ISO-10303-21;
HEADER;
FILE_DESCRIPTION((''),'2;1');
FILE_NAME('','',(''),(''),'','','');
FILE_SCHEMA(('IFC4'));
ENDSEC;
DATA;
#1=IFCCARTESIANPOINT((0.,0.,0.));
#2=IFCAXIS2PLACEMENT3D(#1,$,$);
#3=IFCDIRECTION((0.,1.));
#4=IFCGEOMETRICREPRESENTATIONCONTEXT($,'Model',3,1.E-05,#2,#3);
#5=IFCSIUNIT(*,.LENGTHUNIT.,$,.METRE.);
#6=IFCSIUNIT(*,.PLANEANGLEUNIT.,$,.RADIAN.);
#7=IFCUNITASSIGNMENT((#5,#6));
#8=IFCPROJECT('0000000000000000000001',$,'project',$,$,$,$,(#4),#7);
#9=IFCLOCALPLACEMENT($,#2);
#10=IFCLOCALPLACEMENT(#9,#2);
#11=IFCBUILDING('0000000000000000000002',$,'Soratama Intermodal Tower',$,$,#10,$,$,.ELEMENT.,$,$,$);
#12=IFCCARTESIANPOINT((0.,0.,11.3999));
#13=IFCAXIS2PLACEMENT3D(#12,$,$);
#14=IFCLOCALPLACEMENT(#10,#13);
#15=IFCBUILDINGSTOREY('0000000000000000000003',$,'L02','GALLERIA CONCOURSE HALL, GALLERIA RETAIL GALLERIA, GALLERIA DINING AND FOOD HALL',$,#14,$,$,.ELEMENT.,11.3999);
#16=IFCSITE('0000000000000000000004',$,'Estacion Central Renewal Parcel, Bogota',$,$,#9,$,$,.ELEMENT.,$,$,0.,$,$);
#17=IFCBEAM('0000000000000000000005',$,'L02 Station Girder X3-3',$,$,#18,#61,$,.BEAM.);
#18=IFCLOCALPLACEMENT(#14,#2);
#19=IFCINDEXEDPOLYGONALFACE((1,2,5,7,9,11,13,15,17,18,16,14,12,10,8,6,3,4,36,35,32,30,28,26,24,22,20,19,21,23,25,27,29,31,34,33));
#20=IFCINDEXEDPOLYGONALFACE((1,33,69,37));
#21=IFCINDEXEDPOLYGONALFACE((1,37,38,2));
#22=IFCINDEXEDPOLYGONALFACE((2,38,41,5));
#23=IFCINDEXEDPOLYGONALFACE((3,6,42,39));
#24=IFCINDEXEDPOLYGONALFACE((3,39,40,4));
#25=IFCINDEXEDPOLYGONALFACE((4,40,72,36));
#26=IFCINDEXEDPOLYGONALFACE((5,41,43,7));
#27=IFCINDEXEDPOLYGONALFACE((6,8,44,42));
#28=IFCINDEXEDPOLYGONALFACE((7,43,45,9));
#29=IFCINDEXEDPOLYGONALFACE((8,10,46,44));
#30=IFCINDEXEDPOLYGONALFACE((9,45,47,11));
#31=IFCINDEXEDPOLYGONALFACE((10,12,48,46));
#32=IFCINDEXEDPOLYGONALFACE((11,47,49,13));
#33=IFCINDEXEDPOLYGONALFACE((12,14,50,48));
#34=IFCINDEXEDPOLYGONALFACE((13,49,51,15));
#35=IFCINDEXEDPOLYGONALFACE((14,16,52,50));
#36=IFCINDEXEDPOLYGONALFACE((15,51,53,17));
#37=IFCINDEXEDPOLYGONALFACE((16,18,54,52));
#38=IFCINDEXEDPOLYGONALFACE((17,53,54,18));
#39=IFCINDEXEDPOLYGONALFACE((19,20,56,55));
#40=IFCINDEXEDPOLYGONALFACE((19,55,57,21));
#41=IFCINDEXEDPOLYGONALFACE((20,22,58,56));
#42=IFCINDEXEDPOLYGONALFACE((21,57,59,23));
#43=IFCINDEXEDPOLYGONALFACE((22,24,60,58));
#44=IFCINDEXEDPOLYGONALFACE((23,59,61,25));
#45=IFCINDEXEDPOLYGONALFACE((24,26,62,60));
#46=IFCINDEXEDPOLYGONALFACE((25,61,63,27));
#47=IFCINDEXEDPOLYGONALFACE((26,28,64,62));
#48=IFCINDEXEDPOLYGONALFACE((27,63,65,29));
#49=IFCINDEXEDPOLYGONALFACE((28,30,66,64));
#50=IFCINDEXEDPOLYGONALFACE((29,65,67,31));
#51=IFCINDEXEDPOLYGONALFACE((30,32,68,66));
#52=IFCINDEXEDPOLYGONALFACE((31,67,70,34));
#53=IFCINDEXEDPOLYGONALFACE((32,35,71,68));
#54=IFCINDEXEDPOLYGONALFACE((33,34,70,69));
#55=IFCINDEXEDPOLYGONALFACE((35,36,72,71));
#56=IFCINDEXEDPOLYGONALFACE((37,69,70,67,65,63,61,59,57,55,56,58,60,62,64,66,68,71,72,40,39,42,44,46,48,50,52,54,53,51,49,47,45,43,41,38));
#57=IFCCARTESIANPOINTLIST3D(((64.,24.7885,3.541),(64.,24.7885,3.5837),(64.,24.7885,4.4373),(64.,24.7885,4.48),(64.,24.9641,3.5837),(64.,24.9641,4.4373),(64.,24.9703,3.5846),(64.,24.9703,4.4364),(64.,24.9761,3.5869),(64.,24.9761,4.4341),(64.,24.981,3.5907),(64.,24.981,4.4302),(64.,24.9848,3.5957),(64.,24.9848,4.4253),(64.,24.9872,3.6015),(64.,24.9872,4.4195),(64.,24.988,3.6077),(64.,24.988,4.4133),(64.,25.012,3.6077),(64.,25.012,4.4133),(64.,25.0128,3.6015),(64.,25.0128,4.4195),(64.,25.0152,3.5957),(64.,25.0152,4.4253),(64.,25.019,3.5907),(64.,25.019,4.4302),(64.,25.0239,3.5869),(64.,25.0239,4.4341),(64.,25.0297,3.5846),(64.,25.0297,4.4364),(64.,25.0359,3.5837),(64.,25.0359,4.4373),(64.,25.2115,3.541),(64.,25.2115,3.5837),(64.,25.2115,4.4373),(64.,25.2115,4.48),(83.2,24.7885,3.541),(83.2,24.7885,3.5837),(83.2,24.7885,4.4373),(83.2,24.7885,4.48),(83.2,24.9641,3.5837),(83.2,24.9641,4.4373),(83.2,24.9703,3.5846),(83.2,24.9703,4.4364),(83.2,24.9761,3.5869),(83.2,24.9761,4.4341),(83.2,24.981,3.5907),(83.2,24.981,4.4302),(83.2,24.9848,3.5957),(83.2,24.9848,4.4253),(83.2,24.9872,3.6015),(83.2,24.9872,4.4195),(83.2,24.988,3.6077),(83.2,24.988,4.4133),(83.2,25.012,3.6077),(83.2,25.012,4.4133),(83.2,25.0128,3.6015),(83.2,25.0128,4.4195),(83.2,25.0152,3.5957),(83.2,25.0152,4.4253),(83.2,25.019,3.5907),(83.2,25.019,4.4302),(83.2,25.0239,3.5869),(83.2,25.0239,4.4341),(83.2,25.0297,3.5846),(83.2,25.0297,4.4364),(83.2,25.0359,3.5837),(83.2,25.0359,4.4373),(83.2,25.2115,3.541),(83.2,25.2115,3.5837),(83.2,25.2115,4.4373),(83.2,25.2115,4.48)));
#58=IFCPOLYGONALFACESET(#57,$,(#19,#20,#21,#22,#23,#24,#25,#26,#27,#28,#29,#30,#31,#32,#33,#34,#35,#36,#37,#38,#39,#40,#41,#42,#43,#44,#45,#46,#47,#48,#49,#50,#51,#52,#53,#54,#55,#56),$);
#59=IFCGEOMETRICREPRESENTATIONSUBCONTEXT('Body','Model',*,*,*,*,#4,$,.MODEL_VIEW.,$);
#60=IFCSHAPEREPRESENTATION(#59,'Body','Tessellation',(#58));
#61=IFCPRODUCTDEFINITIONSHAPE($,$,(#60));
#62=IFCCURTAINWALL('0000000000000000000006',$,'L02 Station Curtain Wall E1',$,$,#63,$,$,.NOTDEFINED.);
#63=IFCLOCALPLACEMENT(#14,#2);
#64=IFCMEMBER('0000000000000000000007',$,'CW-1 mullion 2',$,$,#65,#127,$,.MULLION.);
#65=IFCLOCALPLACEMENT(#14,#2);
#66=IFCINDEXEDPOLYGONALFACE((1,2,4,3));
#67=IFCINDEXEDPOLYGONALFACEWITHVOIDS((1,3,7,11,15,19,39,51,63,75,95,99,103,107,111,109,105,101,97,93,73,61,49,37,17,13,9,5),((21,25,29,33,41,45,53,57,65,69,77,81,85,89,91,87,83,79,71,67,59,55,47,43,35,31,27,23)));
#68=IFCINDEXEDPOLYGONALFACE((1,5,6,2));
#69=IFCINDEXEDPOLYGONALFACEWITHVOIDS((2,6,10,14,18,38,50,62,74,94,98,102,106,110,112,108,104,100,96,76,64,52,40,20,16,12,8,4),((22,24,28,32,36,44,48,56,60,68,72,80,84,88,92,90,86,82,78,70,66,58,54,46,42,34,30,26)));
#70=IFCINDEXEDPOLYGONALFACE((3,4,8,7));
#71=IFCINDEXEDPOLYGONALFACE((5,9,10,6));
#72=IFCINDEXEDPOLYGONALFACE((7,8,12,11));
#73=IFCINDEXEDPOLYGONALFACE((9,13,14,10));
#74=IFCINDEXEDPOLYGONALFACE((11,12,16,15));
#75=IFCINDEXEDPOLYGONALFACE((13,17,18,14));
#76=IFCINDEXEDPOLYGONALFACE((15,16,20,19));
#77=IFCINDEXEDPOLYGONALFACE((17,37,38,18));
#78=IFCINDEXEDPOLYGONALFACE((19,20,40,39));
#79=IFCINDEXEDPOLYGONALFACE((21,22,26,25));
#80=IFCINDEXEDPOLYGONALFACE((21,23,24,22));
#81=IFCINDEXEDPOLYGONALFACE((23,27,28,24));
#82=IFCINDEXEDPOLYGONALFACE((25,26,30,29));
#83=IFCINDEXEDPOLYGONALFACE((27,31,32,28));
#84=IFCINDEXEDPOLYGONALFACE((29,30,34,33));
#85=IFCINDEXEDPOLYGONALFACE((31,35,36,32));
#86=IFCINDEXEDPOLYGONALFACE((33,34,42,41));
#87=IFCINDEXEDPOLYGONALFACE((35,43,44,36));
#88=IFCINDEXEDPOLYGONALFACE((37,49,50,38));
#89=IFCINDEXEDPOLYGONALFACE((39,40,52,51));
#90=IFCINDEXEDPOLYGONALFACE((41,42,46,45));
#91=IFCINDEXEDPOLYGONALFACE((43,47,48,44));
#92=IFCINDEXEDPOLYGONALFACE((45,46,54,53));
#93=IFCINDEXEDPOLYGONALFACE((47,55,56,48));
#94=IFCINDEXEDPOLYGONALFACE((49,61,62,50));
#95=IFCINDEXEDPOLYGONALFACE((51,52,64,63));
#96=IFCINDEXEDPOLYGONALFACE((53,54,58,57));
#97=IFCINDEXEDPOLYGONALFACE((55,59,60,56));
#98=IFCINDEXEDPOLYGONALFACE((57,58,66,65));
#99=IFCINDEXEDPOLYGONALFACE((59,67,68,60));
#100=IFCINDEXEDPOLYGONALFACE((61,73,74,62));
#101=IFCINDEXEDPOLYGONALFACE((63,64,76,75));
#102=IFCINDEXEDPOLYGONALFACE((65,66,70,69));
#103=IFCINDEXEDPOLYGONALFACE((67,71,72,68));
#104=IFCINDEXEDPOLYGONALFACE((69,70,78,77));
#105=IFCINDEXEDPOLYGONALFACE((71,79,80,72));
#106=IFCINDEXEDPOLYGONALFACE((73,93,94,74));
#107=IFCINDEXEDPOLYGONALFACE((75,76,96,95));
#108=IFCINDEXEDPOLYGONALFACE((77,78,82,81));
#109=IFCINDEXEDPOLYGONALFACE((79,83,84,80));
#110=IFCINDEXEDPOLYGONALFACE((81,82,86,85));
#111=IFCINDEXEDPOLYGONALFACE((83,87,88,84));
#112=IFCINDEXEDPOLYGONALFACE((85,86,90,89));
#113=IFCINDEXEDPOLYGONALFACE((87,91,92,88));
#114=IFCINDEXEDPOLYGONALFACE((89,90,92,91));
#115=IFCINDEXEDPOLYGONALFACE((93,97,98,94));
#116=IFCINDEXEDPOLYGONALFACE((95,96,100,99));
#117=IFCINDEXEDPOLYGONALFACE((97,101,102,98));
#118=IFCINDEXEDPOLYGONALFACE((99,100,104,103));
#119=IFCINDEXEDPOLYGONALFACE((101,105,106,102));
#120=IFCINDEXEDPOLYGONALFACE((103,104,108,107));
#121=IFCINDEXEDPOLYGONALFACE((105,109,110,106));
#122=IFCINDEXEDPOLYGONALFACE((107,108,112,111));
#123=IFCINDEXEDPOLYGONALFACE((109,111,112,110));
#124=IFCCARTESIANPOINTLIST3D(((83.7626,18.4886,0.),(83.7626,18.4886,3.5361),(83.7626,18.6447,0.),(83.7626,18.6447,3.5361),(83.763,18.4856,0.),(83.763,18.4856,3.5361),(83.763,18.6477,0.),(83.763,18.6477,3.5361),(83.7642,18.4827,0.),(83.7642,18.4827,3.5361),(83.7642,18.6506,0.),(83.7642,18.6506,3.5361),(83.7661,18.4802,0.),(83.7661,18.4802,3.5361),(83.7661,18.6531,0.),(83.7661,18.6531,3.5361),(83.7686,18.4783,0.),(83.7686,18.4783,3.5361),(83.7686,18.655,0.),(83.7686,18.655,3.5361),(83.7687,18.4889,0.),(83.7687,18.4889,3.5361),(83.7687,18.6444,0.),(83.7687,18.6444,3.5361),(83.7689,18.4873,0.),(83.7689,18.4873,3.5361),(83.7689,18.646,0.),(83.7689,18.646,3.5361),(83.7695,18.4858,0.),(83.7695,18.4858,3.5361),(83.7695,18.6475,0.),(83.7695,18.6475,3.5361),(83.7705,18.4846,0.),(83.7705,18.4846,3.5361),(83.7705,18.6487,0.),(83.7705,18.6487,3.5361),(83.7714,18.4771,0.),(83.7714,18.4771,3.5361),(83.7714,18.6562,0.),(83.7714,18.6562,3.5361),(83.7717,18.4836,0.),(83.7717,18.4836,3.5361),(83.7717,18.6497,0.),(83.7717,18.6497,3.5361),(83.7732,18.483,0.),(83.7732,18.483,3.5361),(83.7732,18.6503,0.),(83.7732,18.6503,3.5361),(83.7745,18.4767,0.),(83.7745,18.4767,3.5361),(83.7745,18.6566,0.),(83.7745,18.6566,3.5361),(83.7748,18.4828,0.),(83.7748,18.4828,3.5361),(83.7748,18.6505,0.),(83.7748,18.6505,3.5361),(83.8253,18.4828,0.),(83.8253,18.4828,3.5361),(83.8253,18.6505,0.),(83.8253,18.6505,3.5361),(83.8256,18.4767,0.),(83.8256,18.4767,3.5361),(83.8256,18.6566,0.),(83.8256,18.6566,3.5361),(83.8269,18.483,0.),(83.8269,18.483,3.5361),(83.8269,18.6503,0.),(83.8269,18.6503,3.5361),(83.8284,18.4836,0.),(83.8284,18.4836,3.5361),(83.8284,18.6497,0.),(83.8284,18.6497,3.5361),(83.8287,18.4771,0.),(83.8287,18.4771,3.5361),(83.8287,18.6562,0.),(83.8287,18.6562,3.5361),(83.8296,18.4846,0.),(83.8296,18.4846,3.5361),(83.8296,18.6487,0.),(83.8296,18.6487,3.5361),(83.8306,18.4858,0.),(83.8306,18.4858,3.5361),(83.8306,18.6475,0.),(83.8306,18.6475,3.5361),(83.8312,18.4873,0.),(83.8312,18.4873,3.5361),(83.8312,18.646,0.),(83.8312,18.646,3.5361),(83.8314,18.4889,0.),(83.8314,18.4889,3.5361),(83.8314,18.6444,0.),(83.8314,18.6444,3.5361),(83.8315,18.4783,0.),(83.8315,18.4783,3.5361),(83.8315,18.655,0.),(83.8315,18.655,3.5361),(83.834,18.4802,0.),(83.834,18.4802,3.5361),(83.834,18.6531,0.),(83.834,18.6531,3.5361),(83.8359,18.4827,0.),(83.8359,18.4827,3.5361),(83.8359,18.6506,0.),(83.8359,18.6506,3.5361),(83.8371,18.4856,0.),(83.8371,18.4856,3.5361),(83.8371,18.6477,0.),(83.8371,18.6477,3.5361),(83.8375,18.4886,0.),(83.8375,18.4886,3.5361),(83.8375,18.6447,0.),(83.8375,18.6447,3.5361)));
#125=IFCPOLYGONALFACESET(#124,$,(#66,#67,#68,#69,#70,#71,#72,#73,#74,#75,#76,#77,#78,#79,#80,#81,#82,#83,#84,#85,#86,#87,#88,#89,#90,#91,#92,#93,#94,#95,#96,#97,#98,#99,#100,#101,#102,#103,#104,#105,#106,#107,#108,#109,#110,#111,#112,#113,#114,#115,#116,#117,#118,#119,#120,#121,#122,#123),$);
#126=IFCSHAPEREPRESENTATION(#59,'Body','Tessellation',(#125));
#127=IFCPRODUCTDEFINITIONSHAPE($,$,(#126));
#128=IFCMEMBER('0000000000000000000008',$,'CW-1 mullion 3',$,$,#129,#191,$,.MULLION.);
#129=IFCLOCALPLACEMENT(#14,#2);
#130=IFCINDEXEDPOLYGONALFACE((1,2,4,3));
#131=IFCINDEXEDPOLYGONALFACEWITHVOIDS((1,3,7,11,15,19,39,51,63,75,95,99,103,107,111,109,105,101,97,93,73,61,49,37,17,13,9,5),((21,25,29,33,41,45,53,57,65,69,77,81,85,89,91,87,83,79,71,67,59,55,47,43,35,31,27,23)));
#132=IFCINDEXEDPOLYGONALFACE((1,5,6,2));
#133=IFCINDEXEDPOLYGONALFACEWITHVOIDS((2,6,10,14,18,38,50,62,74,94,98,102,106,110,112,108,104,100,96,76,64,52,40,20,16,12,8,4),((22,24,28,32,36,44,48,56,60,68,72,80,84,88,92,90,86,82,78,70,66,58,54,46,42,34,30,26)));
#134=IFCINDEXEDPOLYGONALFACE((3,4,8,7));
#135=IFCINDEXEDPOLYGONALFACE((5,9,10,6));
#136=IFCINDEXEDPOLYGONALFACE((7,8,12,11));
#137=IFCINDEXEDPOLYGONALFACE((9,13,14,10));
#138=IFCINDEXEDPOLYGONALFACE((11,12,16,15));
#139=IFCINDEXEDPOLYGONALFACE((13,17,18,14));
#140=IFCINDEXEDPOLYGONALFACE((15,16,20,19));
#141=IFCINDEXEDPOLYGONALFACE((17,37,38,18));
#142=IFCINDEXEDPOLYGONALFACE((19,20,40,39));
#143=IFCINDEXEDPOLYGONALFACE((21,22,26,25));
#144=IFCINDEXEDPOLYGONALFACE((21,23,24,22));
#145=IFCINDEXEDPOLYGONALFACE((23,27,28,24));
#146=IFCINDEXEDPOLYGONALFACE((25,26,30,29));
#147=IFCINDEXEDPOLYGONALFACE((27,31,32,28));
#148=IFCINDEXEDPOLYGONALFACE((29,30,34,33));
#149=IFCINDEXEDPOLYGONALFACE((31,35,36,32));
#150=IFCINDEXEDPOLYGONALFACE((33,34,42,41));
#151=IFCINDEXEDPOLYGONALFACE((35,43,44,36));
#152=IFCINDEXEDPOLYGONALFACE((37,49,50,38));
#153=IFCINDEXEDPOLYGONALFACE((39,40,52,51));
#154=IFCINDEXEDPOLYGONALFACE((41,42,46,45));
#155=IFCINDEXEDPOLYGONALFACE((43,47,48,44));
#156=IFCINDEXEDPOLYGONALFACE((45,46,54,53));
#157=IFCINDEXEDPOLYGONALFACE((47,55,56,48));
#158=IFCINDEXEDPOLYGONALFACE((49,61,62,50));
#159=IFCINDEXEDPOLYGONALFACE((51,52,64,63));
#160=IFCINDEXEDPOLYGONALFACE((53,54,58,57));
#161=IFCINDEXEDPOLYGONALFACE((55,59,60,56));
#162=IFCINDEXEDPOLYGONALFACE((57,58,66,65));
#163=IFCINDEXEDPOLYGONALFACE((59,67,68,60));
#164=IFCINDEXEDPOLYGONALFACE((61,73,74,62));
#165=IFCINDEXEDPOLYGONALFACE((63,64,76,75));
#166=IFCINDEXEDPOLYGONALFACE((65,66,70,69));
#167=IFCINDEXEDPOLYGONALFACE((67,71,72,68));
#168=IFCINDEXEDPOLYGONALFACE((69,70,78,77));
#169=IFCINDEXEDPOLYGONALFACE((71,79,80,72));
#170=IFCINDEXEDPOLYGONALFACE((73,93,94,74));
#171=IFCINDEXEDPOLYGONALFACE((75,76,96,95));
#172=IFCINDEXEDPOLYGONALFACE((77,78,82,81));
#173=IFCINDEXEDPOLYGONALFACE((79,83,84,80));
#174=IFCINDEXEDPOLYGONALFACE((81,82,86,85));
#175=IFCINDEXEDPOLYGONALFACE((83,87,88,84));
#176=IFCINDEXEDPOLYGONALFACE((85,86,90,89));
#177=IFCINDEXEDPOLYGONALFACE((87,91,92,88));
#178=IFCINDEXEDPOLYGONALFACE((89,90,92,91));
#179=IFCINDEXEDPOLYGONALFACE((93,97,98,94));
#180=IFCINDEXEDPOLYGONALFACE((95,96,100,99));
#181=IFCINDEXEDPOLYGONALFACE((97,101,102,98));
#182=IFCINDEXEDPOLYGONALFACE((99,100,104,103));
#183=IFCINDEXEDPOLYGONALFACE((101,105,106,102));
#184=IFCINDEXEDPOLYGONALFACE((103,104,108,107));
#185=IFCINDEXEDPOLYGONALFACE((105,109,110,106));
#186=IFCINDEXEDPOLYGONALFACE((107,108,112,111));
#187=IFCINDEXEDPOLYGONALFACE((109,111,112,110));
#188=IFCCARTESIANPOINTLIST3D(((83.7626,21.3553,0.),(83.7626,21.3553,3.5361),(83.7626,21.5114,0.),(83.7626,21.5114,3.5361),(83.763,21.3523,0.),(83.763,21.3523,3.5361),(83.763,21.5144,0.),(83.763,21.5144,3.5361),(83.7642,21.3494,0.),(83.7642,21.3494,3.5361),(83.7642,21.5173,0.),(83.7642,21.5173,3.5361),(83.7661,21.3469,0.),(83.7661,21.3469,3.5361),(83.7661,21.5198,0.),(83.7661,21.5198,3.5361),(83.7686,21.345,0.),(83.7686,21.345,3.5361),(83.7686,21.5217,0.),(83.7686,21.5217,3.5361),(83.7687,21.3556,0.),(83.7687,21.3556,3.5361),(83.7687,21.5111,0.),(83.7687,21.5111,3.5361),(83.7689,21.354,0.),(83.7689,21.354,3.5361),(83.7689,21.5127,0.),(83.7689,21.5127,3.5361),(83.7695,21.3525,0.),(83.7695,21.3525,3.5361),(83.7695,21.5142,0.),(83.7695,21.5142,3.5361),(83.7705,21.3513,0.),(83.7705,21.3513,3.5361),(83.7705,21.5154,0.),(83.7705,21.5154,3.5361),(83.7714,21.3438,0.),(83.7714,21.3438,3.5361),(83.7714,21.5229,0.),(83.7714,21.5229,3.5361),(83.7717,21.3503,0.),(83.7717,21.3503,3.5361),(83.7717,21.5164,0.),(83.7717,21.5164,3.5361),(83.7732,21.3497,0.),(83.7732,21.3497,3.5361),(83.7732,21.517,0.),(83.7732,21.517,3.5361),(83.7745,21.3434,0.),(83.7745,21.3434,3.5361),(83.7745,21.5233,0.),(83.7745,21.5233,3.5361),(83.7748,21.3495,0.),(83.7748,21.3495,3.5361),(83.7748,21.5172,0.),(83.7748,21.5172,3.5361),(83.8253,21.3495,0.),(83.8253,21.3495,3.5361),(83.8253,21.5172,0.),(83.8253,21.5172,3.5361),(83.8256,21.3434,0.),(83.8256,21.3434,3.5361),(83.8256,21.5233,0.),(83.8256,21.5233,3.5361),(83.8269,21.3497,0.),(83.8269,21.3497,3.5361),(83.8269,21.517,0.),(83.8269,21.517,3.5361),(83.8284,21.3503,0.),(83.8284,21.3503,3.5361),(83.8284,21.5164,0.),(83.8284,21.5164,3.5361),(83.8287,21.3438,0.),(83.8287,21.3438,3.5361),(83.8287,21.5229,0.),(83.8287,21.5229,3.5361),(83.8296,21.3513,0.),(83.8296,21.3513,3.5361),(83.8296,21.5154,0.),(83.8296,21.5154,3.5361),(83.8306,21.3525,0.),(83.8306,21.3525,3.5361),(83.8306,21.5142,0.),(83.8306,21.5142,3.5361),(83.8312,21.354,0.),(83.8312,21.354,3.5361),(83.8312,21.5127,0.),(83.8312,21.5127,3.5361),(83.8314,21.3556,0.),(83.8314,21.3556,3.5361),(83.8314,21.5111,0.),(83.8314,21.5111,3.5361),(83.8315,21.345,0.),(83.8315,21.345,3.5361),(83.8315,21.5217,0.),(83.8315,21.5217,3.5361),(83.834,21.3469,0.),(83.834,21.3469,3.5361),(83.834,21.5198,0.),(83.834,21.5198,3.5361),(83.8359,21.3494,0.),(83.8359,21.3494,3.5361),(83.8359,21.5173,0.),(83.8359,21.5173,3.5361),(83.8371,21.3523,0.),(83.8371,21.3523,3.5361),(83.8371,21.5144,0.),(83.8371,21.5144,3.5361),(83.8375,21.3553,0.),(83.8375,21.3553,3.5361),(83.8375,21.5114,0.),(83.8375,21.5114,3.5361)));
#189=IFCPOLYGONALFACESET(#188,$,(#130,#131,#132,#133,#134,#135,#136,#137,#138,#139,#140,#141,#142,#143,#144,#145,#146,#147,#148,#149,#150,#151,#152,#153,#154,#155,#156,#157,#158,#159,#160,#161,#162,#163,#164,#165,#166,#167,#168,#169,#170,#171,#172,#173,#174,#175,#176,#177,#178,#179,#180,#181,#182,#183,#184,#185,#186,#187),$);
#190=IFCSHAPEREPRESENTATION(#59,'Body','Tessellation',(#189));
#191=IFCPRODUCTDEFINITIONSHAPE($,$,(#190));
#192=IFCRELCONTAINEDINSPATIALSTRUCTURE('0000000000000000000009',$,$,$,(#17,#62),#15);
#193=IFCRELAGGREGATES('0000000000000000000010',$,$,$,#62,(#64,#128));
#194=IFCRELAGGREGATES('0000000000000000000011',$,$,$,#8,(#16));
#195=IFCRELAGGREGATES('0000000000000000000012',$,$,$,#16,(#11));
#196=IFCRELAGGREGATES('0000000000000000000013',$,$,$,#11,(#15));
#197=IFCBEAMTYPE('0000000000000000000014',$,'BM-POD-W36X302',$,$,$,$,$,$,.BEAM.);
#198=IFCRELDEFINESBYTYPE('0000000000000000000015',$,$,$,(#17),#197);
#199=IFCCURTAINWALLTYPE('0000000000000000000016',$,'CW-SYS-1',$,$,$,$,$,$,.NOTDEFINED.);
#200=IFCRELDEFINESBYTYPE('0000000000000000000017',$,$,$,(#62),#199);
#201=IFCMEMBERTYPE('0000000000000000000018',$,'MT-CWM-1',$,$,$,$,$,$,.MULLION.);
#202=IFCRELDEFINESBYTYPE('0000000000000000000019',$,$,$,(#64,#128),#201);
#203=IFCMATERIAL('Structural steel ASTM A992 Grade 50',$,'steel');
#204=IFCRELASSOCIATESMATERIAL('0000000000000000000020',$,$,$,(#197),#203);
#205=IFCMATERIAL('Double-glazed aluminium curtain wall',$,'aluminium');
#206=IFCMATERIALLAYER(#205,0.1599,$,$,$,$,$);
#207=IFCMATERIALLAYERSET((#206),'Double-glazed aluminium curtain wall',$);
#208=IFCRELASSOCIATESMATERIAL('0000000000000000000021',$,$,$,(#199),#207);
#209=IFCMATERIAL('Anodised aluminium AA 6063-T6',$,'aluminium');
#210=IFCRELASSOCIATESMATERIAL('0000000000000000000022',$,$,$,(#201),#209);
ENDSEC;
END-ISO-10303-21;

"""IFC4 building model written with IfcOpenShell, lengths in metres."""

from ifc_helpers import new_model, si_unit, direction, frame, origin, origin_2d, place, context, subcontext, project, spatial, hollow_rectangle, i_section, extrude, material, layer, layer_set, material_profile, profile_set, type_object, element, aggregate, save


model = new_model("IFC4")

# Units and contexts
model_context = context("Model", 3, precision=1e-05, world=origin(), true_north=direction((0.0, 1.0)))
body_context = subcontext(model_context, "Body", "Model", "MODEL_VIEW")
ifc_project = project(units=[si_unit("LENGTHUNIT", "METRE"), si_unit("PLANEANGLEUNIT", "RADIAN")], contexts=[model_context])

# Site, building, storey
site_placement = place(None, origin())
site = spatial("IfcSite", under=ifc_project, at=site_placement, Name="Estacion Central Renewal Parcel, Bogota", CompositionType="ELEMENT", RefElevation=0.0)
building_placement = place(site_placement, origin())
building = spatial("IfcBuilding", under=site, at=building_placement, Name="Soratama Intermodal Tower", CompositionType="ELEMENT")
storey_placement = place(building_placement, frame((0.0, 0.0, 11.3999)))
storey = spatial("IfcBuildingStorey", under=building, at=storey_placement, Name="L02", Description="GALLERIA CONCOURSE HALL, GALLERIA RETAIL GALLERIA, GALLERIA DINING AND FOOD HALL", CompositionType="ELEMENT", Elevation=11.3999)

# Beam
ifc_material_1 = material(Name="Structural steel ASTM A992 Grade 50", Category="steel")
ifc_material_profile_1 = material_profile(ifc_material_1, i_section(OverallWidth=0.4231, OverallDepth=0.939, WebThickness=0.0239, FlangeThickness=0.0427, FilletRadius=0.0239, at=origin_2d()), Name="W36X302")
ifc_profile_set_1 = profile_set([ifc_material_profile_1], Name="Structural steel ASTM A992 Grade 50")
beam_type_1 = type_object("IfcBeamType", Name="BM-POD-W36X302", PredefinedType="BEAM", material=ifc_profile_set_1)
beam_1_placement = place(storey_placement, frame((64.0, 25.0, 4.0105), z_axis=(1.0, 0.0, 0.0), x_axis=(0.0, 1.0, 0.0)))
element("IfcBeam", 1, at=beam_1_placement, inside=storey, type_object=beam_type_1, Name="L02 Station Girder X3-3", PredefinedType="BEAM", context=body_context, shape_type="SweptSolid", body=[
    extrude(i_section(OverallWidth=0.4231, OverallDepth=0.939, WebThickness=0.0239, FlangeThickness=0.0427, FilletRadius=0.0239, at=origin_2d()), origin(), (0.0, 0.0, 1.0), 19.2),
])

# Curtain wall, members
ifc_material_2 = material(Name="Double-glazed aluminium curtain wall", Category="aluminium")
ifc_layer_1 = layer(ifc_material_2, 0.1599)
ifc_layer_set_1 = layer_set([ifc_layer_1], Name="Double-glazed aluminium curtain wall")
curtain_wall_type = type_object("IfcCurtainWallType", Name="CW-SYS-1", PredefinedType="NOTDEFINED", material=ifc_layer_set_1)
curtain_wall_1_placement = place(storey_placement, origin())
curtain_wall_1 = element("IfcCurtainWall", 2, at=curtain_wall_1_placement, inside=storey, type_object=curtain_wall_type, Name="L02 Station Curtain Wall E1", PredefinedType="NOTDEFINED")
ifc_material_3 = material(Name="Anodised aluminium AA 6063-T6", Category="aluminium")
ifc_material_profile_2 = material_profile(ifc_material_3, hollow_rectangle(XDim=0.075, YDim=0.1799, WallThickness=0.0061, InnerFilletRadius=0.0061, OuterFilletRadius=0.012, at=origin_2d()), Name="CWM180X75X6")
ifc_profile_set_2 = profile_set([ifc_material_profile_2], Name="Anodised aluminium AA 6063-T6")
member_type_1 = type_object("IfcMemberType", Name="MT-CWM-1", PredefinedType="MULLION", material=ifc_profile_set_2)
member_1_placement = place(storey_placement, frame((83.8, 18.5667, 0.0), z_axis=(0.0, 0.0, 1.0), x_axis=(-1.0, 0.0, 0.0)))
member_1 = element("IfcMember", 3, at=member_1_placement, type_object=member_type_1, Name="CW-1 mullion 2", PredefinedType="MULLION", context=body_context, shape_type="SweptSolid", body=[
    extrude(hollow_rectangle(XDim=0.075, YDim=0.1799, WallThickness=0.0061, InnerFilletRadius=0.0061, OuterFilletRadius=0.012, at=origin_2d()), origin(), (0.0, 0.0, 1.0), 3.5361),
])
member_2_placement = place(storey_placement, frame((83.8, 21.4333, 0.0), z_axis=(0.0, 0.0, 1.0), x_axis=(-1.0, 0.0, 0.0)))
member_2 = element("IfcMember", 4, at=member_2_placement, type_object=member_type_1, Name="CW-1 mullion 3", PredefinedType="MULLION", context=body_context, shape_type="SweptSolid", body=[
    extrude(hollow_rectangle(XDim=0.075, YDim=0.1799, WallThickness=0.0061, InnerFilletRadius=0.0061, OuterFilletRadius=0.012, at=origin_2d()), origin(), (0.0, 0.0, 1.0), 3.5361),
])

aggregate(curtain_wall_1, [member_1, member_2])

save(model, "model.ifc")
